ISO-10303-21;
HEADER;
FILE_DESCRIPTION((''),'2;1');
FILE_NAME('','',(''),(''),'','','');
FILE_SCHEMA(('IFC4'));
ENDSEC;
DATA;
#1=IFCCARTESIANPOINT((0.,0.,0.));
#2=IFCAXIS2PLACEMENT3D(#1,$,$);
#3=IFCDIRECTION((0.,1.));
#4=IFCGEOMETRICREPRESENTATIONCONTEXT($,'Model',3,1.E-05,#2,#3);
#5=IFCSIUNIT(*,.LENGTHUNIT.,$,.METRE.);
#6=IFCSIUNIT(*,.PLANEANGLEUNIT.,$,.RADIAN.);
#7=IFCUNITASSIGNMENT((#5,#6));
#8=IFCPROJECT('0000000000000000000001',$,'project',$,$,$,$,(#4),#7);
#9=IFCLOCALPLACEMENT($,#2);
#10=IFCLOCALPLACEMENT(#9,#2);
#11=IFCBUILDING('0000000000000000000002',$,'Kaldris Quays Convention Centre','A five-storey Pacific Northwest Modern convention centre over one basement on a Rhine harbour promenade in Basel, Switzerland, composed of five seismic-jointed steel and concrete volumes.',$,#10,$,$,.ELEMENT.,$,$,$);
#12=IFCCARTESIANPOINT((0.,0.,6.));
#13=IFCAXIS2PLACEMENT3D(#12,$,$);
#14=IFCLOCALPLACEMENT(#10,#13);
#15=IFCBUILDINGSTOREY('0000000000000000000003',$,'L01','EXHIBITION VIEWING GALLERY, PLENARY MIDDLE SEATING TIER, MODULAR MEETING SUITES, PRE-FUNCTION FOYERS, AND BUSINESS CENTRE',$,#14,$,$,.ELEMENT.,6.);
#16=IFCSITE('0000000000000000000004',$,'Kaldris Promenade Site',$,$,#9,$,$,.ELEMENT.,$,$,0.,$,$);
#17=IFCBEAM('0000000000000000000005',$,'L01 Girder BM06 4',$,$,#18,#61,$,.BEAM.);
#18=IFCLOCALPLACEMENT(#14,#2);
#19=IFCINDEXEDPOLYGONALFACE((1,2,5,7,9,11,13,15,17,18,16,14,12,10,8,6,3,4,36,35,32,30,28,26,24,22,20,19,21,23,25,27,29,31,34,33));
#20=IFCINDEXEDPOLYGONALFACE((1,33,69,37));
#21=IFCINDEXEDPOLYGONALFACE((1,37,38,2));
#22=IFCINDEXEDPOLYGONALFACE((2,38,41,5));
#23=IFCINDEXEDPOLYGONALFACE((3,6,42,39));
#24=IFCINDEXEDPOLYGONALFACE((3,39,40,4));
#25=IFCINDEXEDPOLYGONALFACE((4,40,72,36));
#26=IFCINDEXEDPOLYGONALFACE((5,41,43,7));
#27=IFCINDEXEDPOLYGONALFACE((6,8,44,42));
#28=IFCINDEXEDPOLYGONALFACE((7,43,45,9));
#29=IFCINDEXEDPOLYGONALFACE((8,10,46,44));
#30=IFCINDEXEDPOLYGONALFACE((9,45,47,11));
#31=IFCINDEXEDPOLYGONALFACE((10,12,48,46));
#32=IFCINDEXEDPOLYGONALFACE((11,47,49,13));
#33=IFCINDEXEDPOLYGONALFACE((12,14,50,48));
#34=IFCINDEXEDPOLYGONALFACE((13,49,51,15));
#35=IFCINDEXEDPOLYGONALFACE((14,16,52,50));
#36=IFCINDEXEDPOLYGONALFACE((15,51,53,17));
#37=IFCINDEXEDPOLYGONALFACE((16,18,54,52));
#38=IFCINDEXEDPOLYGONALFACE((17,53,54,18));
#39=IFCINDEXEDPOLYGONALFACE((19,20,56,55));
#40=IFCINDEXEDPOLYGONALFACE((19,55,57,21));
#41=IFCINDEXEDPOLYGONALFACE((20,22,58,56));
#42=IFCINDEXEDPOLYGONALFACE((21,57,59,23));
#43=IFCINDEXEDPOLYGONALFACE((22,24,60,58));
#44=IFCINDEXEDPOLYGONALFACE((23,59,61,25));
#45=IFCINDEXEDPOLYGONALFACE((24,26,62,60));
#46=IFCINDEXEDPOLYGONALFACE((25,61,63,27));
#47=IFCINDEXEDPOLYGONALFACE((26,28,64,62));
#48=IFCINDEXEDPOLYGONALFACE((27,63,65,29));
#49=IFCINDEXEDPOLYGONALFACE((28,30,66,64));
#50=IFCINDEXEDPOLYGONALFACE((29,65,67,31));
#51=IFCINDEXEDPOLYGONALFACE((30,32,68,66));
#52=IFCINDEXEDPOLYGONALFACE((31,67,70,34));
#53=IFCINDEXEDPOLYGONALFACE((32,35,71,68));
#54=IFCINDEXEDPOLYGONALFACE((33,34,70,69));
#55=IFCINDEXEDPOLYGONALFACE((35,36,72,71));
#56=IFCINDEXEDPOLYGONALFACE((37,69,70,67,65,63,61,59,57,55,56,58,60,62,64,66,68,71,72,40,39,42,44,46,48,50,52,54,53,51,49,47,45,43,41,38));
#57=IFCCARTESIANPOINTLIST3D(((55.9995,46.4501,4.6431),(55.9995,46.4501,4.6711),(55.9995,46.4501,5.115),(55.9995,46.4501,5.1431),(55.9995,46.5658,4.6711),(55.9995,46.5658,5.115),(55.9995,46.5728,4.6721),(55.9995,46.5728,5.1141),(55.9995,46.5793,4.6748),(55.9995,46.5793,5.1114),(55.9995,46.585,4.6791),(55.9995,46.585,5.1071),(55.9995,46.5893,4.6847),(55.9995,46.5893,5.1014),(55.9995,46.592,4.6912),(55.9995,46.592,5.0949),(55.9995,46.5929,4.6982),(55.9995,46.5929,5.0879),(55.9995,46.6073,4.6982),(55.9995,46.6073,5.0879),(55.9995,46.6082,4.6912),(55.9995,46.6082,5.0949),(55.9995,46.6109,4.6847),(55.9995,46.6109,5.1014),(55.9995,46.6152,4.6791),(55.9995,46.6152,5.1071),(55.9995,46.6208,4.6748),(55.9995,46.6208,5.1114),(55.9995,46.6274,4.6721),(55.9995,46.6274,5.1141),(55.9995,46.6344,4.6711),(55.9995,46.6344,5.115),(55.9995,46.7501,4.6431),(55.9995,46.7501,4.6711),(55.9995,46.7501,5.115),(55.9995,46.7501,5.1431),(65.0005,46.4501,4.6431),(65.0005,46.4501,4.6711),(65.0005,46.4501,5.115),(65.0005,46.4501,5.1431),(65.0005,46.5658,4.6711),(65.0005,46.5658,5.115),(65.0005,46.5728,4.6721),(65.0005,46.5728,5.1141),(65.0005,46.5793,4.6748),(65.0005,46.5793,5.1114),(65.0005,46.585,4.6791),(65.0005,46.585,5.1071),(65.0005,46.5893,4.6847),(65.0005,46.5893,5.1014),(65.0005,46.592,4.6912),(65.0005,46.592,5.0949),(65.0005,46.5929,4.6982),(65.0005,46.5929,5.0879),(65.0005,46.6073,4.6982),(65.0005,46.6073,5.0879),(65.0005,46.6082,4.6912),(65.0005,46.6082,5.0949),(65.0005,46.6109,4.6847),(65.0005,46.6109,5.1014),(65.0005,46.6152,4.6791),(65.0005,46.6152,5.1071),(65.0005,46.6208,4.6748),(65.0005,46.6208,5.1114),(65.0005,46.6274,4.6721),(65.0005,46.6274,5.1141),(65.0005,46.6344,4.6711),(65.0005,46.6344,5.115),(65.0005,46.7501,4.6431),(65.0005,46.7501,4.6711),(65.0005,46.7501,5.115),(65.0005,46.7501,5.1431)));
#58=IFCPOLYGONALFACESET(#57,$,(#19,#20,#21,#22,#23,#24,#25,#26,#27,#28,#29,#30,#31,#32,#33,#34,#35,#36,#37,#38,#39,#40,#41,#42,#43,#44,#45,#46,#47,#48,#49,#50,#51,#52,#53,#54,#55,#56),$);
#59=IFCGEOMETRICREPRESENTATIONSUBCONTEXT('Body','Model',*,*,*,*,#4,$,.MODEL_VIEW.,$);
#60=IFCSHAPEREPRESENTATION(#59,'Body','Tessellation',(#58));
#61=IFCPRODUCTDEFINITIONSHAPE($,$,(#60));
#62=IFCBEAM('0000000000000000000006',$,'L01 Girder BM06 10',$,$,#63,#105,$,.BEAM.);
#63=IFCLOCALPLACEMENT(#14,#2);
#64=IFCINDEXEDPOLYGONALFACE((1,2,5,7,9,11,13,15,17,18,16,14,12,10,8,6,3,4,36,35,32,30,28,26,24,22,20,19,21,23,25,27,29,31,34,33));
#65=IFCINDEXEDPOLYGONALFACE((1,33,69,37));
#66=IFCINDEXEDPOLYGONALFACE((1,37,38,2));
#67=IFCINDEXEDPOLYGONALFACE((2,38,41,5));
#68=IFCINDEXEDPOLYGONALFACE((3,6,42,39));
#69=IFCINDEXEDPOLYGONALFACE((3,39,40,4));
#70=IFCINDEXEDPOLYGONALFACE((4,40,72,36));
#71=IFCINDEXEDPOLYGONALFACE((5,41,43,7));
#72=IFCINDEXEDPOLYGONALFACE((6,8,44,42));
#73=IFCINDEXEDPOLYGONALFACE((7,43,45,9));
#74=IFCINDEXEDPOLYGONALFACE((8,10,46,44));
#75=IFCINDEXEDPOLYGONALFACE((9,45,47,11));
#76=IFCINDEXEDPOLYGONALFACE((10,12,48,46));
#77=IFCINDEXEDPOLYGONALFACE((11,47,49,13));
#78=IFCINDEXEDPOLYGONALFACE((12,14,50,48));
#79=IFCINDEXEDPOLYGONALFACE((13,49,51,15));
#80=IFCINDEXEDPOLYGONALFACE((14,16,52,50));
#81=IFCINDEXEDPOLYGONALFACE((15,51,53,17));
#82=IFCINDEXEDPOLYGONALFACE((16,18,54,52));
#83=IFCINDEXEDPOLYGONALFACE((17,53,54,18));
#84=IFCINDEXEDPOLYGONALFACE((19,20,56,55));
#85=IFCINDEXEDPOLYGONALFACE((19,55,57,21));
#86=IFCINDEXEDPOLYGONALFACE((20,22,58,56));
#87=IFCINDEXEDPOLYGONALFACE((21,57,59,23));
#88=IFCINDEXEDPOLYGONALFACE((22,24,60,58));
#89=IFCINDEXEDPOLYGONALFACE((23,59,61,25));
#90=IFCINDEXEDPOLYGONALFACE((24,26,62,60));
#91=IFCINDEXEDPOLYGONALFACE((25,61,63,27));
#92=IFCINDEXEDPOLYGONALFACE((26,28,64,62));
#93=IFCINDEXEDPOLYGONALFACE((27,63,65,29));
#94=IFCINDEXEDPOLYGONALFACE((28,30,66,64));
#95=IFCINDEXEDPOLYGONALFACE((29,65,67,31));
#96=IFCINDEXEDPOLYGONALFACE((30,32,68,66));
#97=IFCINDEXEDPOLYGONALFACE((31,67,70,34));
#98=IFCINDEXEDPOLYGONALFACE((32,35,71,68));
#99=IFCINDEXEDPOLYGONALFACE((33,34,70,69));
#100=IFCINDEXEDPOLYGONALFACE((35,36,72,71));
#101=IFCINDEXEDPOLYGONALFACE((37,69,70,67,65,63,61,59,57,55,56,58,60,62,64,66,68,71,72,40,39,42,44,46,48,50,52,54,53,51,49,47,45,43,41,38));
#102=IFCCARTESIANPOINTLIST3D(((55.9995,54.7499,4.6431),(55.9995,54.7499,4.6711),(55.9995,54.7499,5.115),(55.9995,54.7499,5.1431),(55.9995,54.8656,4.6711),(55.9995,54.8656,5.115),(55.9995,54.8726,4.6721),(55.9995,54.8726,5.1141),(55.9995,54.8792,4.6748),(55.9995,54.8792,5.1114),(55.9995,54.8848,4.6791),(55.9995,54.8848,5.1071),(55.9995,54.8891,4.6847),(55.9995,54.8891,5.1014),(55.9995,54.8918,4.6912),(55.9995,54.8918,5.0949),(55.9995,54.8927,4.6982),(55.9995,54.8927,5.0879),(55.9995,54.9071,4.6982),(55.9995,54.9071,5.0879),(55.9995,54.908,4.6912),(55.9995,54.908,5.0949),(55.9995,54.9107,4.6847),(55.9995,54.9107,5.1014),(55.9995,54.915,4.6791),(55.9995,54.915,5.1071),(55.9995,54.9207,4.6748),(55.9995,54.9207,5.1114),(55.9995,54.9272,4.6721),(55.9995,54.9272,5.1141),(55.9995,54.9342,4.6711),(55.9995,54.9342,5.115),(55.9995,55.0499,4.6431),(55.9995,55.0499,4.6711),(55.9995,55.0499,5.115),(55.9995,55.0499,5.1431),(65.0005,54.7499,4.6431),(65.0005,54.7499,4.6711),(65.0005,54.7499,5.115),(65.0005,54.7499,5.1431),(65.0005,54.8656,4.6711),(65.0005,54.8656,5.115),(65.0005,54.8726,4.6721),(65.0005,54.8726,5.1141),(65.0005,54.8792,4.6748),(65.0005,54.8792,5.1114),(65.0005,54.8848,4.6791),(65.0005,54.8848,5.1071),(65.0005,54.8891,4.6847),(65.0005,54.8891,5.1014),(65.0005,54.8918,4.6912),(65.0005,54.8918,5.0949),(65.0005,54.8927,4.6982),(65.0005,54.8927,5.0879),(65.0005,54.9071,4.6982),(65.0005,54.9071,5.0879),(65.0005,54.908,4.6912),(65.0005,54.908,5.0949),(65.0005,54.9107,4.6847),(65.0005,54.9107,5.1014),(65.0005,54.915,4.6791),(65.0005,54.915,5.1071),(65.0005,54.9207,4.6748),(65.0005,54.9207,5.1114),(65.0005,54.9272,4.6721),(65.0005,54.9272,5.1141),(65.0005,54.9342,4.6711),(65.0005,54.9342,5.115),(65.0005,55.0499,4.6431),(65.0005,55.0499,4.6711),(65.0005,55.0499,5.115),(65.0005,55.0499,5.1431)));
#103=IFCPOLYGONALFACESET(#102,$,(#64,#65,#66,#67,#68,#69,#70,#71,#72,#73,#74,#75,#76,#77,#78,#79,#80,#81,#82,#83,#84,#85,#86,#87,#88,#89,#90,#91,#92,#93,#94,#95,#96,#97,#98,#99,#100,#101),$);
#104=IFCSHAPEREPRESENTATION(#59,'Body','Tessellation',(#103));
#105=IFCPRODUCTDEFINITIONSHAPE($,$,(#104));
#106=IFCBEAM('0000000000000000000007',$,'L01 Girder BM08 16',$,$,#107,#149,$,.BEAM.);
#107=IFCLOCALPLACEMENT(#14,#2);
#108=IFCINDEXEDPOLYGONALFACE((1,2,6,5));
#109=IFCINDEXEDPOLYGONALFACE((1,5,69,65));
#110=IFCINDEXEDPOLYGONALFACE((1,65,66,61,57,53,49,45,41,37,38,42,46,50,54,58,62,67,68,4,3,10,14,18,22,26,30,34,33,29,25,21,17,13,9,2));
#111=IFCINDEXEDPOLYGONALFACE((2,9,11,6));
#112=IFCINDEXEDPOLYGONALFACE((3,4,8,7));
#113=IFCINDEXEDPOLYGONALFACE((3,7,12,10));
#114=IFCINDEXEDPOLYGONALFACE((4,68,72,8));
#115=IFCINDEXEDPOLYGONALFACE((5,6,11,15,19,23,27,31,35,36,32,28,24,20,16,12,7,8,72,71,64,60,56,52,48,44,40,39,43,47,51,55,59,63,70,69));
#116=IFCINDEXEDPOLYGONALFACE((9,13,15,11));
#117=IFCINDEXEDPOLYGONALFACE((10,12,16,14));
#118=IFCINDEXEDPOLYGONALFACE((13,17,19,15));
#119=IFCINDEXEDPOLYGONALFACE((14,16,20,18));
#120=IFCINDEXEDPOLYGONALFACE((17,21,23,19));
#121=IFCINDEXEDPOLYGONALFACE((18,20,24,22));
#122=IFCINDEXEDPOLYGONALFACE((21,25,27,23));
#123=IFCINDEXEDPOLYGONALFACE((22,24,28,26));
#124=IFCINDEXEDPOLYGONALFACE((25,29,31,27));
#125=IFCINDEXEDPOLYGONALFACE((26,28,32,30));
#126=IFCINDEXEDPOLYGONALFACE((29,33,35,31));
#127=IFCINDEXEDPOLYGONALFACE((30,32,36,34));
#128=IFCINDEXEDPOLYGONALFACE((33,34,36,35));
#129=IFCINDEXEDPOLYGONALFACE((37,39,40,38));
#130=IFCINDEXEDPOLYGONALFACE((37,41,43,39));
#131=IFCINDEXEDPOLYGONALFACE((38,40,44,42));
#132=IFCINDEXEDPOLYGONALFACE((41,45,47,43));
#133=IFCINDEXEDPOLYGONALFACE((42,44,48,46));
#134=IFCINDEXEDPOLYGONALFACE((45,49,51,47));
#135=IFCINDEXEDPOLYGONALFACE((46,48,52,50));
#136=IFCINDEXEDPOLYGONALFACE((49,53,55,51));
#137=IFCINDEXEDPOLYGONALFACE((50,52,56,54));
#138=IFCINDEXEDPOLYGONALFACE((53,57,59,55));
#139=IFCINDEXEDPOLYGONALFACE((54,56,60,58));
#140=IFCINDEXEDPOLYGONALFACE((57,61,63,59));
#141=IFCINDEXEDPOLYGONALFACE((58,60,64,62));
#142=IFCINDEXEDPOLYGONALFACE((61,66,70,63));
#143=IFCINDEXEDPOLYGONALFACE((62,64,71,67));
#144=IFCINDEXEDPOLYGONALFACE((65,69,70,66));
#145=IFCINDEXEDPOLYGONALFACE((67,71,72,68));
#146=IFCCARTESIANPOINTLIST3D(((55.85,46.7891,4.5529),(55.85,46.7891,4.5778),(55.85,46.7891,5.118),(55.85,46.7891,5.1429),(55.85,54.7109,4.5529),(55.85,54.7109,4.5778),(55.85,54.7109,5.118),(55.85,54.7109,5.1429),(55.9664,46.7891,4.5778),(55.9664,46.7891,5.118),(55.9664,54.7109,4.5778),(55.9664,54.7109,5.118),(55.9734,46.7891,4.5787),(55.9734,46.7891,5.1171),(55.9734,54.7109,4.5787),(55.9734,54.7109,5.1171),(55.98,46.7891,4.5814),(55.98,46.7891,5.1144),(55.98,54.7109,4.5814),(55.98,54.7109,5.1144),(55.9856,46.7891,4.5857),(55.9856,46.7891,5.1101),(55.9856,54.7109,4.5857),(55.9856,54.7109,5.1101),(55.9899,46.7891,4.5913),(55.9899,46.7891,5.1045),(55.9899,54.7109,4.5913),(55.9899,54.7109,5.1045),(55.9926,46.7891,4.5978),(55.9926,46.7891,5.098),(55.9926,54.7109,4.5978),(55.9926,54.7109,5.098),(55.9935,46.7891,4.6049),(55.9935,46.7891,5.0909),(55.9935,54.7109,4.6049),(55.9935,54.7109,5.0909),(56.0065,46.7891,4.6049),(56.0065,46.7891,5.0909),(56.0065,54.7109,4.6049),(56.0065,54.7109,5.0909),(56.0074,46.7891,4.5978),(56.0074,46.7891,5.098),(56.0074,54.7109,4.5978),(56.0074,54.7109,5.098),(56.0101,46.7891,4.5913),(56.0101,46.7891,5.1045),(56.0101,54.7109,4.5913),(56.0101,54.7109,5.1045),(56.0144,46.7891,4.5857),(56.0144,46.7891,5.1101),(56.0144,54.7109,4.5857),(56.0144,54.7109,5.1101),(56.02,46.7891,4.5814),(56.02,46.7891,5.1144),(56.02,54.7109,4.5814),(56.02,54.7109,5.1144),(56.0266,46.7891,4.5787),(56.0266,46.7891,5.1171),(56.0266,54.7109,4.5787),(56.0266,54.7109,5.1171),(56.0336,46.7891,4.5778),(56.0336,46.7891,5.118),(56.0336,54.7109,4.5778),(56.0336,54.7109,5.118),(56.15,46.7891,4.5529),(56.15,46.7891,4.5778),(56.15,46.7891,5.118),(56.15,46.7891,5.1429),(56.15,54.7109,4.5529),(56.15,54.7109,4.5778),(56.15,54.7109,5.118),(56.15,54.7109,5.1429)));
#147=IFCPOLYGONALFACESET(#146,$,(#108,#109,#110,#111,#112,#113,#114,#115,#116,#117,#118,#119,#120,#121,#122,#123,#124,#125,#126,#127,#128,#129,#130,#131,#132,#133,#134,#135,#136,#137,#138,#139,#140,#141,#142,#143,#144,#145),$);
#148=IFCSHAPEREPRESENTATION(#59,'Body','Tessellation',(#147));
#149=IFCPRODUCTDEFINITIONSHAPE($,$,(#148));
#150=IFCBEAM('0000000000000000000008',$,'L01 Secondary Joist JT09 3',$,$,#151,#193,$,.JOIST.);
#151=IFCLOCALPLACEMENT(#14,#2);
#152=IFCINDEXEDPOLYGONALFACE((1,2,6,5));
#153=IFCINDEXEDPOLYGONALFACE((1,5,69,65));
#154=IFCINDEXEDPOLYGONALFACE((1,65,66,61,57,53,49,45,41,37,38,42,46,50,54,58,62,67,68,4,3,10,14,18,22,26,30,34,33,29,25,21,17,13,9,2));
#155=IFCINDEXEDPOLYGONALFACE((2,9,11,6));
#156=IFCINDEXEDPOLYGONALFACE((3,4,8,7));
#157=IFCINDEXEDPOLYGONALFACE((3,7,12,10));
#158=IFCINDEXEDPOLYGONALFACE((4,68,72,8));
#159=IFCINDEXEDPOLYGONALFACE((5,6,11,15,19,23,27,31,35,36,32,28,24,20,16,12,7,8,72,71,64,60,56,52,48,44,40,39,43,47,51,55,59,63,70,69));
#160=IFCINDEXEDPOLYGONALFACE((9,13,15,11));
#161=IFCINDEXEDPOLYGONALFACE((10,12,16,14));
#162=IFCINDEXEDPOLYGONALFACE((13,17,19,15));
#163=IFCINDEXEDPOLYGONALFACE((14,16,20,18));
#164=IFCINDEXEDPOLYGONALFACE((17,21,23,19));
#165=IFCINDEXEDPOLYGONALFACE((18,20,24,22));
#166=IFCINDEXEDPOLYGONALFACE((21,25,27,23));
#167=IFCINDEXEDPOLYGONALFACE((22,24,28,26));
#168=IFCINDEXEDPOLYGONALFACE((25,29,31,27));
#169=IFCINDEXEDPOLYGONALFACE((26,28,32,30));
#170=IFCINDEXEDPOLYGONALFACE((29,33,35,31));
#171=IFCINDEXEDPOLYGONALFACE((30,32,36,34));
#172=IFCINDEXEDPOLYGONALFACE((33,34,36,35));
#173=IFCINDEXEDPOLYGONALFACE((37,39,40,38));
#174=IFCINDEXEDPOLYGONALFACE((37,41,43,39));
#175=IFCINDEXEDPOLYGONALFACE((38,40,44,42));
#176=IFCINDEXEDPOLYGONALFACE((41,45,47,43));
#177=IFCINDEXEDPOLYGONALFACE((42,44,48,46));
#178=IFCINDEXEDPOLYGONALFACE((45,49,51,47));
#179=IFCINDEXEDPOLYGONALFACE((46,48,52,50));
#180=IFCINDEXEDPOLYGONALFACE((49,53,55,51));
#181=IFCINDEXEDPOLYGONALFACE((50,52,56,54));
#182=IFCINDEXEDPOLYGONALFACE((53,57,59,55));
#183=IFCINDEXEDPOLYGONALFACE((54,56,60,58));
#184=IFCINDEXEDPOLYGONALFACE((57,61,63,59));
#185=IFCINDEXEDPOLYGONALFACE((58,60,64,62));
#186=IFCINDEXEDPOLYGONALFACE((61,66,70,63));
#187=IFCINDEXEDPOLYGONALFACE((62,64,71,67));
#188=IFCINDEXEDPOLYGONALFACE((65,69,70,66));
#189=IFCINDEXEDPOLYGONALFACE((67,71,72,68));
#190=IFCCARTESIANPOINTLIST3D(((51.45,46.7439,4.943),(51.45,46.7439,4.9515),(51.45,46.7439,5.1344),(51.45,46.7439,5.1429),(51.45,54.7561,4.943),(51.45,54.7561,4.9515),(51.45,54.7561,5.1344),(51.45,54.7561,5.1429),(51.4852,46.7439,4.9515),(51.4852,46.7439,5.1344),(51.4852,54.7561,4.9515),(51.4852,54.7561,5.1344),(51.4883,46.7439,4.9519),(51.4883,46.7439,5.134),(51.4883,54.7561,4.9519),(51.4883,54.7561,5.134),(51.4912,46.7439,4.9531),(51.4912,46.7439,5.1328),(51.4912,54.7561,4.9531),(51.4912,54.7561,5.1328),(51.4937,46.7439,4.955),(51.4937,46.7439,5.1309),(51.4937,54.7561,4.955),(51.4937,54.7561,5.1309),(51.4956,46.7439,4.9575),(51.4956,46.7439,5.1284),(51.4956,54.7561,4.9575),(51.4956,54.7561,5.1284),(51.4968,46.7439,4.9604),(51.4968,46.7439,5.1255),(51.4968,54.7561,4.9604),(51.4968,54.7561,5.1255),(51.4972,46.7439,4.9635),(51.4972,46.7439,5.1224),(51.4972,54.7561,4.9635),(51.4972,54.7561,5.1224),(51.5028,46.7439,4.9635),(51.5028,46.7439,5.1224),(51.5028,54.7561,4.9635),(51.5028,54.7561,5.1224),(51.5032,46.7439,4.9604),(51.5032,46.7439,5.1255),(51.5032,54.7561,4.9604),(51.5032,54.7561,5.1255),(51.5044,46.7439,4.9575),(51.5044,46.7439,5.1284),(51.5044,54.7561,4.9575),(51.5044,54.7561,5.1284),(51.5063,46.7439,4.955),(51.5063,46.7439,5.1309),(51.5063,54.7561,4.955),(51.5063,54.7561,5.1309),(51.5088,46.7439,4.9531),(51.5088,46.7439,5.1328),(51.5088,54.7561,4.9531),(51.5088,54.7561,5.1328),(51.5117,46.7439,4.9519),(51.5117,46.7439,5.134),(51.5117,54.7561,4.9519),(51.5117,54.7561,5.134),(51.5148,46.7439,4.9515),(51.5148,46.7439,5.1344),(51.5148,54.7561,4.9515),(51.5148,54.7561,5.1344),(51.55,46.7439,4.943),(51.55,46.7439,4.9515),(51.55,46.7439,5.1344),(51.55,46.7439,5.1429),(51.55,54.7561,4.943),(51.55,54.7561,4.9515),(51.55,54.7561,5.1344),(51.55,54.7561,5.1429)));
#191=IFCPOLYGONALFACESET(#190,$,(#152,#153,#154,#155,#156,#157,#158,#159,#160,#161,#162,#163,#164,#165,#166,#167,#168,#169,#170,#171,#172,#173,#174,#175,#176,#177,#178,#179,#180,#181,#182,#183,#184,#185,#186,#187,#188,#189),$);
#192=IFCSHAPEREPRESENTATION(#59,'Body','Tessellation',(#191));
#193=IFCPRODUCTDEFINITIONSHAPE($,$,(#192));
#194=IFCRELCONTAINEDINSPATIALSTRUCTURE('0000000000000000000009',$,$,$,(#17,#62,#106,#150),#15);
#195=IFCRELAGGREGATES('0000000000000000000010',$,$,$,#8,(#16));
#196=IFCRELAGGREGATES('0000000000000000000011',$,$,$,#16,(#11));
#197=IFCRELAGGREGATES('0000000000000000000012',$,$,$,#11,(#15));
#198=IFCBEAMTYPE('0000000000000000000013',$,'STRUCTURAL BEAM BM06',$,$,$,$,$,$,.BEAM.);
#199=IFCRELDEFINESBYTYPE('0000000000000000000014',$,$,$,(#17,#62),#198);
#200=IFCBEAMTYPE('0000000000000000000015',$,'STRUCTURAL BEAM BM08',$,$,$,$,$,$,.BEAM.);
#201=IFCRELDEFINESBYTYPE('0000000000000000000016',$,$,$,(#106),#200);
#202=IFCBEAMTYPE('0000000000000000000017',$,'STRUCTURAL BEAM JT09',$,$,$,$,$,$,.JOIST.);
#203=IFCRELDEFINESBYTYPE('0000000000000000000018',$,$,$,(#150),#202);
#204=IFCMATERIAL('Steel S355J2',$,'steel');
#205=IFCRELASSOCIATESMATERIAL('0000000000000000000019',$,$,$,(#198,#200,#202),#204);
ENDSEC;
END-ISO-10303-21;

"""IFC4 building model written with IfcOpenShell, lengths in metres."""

from ifc_helpers import new_model, si_unit, direction, frame, origin, origin_2d, place, context, subcontext, project, spatial, i_section, extrude, material, material_profile, profile_set, type_object, element, save


model = new_model("IFC4")

# Units and contexts
model_context = context("Model", 3, precision=1e-05, world=origin(), true_north=direction((0.0, 1.0)))
body_context = subcontext(model_context, "Body", "Model", "MODEL_VIEW")
ifc_project = project(units=[si_unit("LENGTHUNIT", "METRE"), si_unit("PLANEANGLEUNIT", "RADIAN")], contexts=[model_context])

# Site, building, storey
site_placement = place(None, origin())
site = spatial("IfcSite", under=ifc_project, at=site_placement, Name="Kaldris Promenade Site", CompositionType="ELEMENT", RefElevation=0.0)
building_placement = place(site_placement, origin())
building = spatial("IfcBuilding", under=site, at=building_placement, Name="Kaldris Quays Convention Centre", Description="A five-storey Pacific Northwest Modern convention centre over one basement on a Rhine harbour promenade in Basel, Switzerland, composed of five seismic-jointed steel and concrete volumes.", CompositionType="ELEMENT")
storey_placement = place(building_placement, frame((0.0, 0.0, 6.0)))
storey = spatial("IfcBuildingStorey", under=building, at=storey_placement, Name="L01", Description="EXHIBITION VIEWING GALLERY, PLENARY MIDDLE SEATING TIER, MODULAR MEETING SUITES, PRE-FUNCTION FOYERS, AND BUSINESS CENTRE", CompositionType="ELEMENT", Elevation=6.0)

# Beams
ifc_material_1 = material(Name="Steel S355J2", Category="steel")
ifc_material_profile_1 = material_profile(ifc_material_1, i_section(OverallWidth=0.3, OverallDepth=0.5, WebThickness=0.0144, FlangeThickness=0.0281, FilletRadius=0.0271, at=origin_2d()), Name="HEB 500")
ifc_profile_set_1 = profile_set([ifc_material_profile_1], Name="Steel S355J2")
beam_type_1 = type_object("IfcBeamType", Name="STRUCTURAL BEAM BM06", PredefinedType="BEAM", material=ifc_profile_set_1)
for number, where, z_axis, x_axis, name in (
    (1, (55.9995, 46.6001, 4.8931), (1.0, 0.0, 0.0), (0.0, 1.0, 0.0), "L01 Girder BM06 4"),
    (2, (55.9995, 54.8999, 4.8931), (1.0, 0.0, 0.0), (0.0, 1.0, 0.0), "L01 Girder BM06 10"),
):
    element("IfcBeam", number, at=place(storey_placement, frame(where, z_axis=z_axis, x_axis=x_axis)), inside=storey, type_object=beam_type_1, Name=name, PredefinedType="BEAM", context=body_context, shape_type="SweptSolid", body=[
        extrude(i_section(OverallWidth=0.3, OverallDepth=0.5, WebThickness=0.0144, FlangeThickness=0.0281, FilletRadius=0.0271, at=origin_2d()), origin(), (0.0, 0.0, 1.0), 9.001),
    ])
ifc_material_profile_2 = material_profile(ifc_material_1, i_section(OverallWidth=0.3, OverallDepth=0.5901, WebThickness=0.0129, FlangeThickness=0.0249, FilletRadius=0.0271, at=origin_2d()), Name="HEA 600")
ifc_profile_set_2 = profile_set([ifc_material_profile_2], Name="Steel S355J2")
beam_type_2 = type_object("IfcBeamType", Name="STRUCTURAL BEAM BM08", PredefinedType="BEAM", material=ifc_profile_set_2)
beam_1_placement = place(storey_placement, frame((56.0, 46.7891, 4.8479), z_axis=(0.0, 1.0, 0.0), x_axis=(-1.0, 0.0, 0.0)))
element("IfcBeam", 3, at=beam_1_placement, inside=storey, type_object=beam_type_2, Name="L01 Girder BM08 16", PredefinedType="BEAM", context=body_context, shape_type="SweptSolid", body=[
    extrude(i_section(OverallWidth=0.3, OverallDepth=0.5901, WebThickness=0.0129, FlangeThickness=0.0249, FilletRadius=0.0271, at=origin_2d()), origin(), (0.0, 0.0, 1.0), 7.9219),
])
ifc_material_profile_3 = material_profile(ifc_material_1, i_section(OverallWidth=0.1001, OverallDepth=0.2, WebThickness=0.0056, FlangeThickness=0.0085, FilletRadius=0.012, at=origin_2d()), Name="IPE 200")
ifc_profile_set_3 = profile_set([ifc_material_profile_3], Name="Steel S355J2")
beam_type_3 = type_object("IfcBeamType", Name="STRUCTURAL BEAM JT09", PredefinedType="JOIST", material=ifc_profile_set_3)
beam_2_placement = place(storey_placement, frame((51.5, 46.7439, 5.043), z_axis=(0.0, 1.0, 0.0), x_axis=(-1.0, 0.0, 0.0)))
element("IfcBeam", 4, at=beam_2_placement, inside=storey, type_object=beam_type_3, Name="L01 Secondary Joist JT09 3", PredefinedType="JOIST", context=body_context, shape_type="SweptSolid", body=[
    extrude(i_section(OverallWidth=0.1001, OverallDepth=0.2, WebThickness=0.0056, FlangeThickness=0.0085, FilletRadius=0.012, at=origin_2d()), origin(), (0.0, 0.0, 1.0), 8.0122),
])

save(model, "model.ifc")
